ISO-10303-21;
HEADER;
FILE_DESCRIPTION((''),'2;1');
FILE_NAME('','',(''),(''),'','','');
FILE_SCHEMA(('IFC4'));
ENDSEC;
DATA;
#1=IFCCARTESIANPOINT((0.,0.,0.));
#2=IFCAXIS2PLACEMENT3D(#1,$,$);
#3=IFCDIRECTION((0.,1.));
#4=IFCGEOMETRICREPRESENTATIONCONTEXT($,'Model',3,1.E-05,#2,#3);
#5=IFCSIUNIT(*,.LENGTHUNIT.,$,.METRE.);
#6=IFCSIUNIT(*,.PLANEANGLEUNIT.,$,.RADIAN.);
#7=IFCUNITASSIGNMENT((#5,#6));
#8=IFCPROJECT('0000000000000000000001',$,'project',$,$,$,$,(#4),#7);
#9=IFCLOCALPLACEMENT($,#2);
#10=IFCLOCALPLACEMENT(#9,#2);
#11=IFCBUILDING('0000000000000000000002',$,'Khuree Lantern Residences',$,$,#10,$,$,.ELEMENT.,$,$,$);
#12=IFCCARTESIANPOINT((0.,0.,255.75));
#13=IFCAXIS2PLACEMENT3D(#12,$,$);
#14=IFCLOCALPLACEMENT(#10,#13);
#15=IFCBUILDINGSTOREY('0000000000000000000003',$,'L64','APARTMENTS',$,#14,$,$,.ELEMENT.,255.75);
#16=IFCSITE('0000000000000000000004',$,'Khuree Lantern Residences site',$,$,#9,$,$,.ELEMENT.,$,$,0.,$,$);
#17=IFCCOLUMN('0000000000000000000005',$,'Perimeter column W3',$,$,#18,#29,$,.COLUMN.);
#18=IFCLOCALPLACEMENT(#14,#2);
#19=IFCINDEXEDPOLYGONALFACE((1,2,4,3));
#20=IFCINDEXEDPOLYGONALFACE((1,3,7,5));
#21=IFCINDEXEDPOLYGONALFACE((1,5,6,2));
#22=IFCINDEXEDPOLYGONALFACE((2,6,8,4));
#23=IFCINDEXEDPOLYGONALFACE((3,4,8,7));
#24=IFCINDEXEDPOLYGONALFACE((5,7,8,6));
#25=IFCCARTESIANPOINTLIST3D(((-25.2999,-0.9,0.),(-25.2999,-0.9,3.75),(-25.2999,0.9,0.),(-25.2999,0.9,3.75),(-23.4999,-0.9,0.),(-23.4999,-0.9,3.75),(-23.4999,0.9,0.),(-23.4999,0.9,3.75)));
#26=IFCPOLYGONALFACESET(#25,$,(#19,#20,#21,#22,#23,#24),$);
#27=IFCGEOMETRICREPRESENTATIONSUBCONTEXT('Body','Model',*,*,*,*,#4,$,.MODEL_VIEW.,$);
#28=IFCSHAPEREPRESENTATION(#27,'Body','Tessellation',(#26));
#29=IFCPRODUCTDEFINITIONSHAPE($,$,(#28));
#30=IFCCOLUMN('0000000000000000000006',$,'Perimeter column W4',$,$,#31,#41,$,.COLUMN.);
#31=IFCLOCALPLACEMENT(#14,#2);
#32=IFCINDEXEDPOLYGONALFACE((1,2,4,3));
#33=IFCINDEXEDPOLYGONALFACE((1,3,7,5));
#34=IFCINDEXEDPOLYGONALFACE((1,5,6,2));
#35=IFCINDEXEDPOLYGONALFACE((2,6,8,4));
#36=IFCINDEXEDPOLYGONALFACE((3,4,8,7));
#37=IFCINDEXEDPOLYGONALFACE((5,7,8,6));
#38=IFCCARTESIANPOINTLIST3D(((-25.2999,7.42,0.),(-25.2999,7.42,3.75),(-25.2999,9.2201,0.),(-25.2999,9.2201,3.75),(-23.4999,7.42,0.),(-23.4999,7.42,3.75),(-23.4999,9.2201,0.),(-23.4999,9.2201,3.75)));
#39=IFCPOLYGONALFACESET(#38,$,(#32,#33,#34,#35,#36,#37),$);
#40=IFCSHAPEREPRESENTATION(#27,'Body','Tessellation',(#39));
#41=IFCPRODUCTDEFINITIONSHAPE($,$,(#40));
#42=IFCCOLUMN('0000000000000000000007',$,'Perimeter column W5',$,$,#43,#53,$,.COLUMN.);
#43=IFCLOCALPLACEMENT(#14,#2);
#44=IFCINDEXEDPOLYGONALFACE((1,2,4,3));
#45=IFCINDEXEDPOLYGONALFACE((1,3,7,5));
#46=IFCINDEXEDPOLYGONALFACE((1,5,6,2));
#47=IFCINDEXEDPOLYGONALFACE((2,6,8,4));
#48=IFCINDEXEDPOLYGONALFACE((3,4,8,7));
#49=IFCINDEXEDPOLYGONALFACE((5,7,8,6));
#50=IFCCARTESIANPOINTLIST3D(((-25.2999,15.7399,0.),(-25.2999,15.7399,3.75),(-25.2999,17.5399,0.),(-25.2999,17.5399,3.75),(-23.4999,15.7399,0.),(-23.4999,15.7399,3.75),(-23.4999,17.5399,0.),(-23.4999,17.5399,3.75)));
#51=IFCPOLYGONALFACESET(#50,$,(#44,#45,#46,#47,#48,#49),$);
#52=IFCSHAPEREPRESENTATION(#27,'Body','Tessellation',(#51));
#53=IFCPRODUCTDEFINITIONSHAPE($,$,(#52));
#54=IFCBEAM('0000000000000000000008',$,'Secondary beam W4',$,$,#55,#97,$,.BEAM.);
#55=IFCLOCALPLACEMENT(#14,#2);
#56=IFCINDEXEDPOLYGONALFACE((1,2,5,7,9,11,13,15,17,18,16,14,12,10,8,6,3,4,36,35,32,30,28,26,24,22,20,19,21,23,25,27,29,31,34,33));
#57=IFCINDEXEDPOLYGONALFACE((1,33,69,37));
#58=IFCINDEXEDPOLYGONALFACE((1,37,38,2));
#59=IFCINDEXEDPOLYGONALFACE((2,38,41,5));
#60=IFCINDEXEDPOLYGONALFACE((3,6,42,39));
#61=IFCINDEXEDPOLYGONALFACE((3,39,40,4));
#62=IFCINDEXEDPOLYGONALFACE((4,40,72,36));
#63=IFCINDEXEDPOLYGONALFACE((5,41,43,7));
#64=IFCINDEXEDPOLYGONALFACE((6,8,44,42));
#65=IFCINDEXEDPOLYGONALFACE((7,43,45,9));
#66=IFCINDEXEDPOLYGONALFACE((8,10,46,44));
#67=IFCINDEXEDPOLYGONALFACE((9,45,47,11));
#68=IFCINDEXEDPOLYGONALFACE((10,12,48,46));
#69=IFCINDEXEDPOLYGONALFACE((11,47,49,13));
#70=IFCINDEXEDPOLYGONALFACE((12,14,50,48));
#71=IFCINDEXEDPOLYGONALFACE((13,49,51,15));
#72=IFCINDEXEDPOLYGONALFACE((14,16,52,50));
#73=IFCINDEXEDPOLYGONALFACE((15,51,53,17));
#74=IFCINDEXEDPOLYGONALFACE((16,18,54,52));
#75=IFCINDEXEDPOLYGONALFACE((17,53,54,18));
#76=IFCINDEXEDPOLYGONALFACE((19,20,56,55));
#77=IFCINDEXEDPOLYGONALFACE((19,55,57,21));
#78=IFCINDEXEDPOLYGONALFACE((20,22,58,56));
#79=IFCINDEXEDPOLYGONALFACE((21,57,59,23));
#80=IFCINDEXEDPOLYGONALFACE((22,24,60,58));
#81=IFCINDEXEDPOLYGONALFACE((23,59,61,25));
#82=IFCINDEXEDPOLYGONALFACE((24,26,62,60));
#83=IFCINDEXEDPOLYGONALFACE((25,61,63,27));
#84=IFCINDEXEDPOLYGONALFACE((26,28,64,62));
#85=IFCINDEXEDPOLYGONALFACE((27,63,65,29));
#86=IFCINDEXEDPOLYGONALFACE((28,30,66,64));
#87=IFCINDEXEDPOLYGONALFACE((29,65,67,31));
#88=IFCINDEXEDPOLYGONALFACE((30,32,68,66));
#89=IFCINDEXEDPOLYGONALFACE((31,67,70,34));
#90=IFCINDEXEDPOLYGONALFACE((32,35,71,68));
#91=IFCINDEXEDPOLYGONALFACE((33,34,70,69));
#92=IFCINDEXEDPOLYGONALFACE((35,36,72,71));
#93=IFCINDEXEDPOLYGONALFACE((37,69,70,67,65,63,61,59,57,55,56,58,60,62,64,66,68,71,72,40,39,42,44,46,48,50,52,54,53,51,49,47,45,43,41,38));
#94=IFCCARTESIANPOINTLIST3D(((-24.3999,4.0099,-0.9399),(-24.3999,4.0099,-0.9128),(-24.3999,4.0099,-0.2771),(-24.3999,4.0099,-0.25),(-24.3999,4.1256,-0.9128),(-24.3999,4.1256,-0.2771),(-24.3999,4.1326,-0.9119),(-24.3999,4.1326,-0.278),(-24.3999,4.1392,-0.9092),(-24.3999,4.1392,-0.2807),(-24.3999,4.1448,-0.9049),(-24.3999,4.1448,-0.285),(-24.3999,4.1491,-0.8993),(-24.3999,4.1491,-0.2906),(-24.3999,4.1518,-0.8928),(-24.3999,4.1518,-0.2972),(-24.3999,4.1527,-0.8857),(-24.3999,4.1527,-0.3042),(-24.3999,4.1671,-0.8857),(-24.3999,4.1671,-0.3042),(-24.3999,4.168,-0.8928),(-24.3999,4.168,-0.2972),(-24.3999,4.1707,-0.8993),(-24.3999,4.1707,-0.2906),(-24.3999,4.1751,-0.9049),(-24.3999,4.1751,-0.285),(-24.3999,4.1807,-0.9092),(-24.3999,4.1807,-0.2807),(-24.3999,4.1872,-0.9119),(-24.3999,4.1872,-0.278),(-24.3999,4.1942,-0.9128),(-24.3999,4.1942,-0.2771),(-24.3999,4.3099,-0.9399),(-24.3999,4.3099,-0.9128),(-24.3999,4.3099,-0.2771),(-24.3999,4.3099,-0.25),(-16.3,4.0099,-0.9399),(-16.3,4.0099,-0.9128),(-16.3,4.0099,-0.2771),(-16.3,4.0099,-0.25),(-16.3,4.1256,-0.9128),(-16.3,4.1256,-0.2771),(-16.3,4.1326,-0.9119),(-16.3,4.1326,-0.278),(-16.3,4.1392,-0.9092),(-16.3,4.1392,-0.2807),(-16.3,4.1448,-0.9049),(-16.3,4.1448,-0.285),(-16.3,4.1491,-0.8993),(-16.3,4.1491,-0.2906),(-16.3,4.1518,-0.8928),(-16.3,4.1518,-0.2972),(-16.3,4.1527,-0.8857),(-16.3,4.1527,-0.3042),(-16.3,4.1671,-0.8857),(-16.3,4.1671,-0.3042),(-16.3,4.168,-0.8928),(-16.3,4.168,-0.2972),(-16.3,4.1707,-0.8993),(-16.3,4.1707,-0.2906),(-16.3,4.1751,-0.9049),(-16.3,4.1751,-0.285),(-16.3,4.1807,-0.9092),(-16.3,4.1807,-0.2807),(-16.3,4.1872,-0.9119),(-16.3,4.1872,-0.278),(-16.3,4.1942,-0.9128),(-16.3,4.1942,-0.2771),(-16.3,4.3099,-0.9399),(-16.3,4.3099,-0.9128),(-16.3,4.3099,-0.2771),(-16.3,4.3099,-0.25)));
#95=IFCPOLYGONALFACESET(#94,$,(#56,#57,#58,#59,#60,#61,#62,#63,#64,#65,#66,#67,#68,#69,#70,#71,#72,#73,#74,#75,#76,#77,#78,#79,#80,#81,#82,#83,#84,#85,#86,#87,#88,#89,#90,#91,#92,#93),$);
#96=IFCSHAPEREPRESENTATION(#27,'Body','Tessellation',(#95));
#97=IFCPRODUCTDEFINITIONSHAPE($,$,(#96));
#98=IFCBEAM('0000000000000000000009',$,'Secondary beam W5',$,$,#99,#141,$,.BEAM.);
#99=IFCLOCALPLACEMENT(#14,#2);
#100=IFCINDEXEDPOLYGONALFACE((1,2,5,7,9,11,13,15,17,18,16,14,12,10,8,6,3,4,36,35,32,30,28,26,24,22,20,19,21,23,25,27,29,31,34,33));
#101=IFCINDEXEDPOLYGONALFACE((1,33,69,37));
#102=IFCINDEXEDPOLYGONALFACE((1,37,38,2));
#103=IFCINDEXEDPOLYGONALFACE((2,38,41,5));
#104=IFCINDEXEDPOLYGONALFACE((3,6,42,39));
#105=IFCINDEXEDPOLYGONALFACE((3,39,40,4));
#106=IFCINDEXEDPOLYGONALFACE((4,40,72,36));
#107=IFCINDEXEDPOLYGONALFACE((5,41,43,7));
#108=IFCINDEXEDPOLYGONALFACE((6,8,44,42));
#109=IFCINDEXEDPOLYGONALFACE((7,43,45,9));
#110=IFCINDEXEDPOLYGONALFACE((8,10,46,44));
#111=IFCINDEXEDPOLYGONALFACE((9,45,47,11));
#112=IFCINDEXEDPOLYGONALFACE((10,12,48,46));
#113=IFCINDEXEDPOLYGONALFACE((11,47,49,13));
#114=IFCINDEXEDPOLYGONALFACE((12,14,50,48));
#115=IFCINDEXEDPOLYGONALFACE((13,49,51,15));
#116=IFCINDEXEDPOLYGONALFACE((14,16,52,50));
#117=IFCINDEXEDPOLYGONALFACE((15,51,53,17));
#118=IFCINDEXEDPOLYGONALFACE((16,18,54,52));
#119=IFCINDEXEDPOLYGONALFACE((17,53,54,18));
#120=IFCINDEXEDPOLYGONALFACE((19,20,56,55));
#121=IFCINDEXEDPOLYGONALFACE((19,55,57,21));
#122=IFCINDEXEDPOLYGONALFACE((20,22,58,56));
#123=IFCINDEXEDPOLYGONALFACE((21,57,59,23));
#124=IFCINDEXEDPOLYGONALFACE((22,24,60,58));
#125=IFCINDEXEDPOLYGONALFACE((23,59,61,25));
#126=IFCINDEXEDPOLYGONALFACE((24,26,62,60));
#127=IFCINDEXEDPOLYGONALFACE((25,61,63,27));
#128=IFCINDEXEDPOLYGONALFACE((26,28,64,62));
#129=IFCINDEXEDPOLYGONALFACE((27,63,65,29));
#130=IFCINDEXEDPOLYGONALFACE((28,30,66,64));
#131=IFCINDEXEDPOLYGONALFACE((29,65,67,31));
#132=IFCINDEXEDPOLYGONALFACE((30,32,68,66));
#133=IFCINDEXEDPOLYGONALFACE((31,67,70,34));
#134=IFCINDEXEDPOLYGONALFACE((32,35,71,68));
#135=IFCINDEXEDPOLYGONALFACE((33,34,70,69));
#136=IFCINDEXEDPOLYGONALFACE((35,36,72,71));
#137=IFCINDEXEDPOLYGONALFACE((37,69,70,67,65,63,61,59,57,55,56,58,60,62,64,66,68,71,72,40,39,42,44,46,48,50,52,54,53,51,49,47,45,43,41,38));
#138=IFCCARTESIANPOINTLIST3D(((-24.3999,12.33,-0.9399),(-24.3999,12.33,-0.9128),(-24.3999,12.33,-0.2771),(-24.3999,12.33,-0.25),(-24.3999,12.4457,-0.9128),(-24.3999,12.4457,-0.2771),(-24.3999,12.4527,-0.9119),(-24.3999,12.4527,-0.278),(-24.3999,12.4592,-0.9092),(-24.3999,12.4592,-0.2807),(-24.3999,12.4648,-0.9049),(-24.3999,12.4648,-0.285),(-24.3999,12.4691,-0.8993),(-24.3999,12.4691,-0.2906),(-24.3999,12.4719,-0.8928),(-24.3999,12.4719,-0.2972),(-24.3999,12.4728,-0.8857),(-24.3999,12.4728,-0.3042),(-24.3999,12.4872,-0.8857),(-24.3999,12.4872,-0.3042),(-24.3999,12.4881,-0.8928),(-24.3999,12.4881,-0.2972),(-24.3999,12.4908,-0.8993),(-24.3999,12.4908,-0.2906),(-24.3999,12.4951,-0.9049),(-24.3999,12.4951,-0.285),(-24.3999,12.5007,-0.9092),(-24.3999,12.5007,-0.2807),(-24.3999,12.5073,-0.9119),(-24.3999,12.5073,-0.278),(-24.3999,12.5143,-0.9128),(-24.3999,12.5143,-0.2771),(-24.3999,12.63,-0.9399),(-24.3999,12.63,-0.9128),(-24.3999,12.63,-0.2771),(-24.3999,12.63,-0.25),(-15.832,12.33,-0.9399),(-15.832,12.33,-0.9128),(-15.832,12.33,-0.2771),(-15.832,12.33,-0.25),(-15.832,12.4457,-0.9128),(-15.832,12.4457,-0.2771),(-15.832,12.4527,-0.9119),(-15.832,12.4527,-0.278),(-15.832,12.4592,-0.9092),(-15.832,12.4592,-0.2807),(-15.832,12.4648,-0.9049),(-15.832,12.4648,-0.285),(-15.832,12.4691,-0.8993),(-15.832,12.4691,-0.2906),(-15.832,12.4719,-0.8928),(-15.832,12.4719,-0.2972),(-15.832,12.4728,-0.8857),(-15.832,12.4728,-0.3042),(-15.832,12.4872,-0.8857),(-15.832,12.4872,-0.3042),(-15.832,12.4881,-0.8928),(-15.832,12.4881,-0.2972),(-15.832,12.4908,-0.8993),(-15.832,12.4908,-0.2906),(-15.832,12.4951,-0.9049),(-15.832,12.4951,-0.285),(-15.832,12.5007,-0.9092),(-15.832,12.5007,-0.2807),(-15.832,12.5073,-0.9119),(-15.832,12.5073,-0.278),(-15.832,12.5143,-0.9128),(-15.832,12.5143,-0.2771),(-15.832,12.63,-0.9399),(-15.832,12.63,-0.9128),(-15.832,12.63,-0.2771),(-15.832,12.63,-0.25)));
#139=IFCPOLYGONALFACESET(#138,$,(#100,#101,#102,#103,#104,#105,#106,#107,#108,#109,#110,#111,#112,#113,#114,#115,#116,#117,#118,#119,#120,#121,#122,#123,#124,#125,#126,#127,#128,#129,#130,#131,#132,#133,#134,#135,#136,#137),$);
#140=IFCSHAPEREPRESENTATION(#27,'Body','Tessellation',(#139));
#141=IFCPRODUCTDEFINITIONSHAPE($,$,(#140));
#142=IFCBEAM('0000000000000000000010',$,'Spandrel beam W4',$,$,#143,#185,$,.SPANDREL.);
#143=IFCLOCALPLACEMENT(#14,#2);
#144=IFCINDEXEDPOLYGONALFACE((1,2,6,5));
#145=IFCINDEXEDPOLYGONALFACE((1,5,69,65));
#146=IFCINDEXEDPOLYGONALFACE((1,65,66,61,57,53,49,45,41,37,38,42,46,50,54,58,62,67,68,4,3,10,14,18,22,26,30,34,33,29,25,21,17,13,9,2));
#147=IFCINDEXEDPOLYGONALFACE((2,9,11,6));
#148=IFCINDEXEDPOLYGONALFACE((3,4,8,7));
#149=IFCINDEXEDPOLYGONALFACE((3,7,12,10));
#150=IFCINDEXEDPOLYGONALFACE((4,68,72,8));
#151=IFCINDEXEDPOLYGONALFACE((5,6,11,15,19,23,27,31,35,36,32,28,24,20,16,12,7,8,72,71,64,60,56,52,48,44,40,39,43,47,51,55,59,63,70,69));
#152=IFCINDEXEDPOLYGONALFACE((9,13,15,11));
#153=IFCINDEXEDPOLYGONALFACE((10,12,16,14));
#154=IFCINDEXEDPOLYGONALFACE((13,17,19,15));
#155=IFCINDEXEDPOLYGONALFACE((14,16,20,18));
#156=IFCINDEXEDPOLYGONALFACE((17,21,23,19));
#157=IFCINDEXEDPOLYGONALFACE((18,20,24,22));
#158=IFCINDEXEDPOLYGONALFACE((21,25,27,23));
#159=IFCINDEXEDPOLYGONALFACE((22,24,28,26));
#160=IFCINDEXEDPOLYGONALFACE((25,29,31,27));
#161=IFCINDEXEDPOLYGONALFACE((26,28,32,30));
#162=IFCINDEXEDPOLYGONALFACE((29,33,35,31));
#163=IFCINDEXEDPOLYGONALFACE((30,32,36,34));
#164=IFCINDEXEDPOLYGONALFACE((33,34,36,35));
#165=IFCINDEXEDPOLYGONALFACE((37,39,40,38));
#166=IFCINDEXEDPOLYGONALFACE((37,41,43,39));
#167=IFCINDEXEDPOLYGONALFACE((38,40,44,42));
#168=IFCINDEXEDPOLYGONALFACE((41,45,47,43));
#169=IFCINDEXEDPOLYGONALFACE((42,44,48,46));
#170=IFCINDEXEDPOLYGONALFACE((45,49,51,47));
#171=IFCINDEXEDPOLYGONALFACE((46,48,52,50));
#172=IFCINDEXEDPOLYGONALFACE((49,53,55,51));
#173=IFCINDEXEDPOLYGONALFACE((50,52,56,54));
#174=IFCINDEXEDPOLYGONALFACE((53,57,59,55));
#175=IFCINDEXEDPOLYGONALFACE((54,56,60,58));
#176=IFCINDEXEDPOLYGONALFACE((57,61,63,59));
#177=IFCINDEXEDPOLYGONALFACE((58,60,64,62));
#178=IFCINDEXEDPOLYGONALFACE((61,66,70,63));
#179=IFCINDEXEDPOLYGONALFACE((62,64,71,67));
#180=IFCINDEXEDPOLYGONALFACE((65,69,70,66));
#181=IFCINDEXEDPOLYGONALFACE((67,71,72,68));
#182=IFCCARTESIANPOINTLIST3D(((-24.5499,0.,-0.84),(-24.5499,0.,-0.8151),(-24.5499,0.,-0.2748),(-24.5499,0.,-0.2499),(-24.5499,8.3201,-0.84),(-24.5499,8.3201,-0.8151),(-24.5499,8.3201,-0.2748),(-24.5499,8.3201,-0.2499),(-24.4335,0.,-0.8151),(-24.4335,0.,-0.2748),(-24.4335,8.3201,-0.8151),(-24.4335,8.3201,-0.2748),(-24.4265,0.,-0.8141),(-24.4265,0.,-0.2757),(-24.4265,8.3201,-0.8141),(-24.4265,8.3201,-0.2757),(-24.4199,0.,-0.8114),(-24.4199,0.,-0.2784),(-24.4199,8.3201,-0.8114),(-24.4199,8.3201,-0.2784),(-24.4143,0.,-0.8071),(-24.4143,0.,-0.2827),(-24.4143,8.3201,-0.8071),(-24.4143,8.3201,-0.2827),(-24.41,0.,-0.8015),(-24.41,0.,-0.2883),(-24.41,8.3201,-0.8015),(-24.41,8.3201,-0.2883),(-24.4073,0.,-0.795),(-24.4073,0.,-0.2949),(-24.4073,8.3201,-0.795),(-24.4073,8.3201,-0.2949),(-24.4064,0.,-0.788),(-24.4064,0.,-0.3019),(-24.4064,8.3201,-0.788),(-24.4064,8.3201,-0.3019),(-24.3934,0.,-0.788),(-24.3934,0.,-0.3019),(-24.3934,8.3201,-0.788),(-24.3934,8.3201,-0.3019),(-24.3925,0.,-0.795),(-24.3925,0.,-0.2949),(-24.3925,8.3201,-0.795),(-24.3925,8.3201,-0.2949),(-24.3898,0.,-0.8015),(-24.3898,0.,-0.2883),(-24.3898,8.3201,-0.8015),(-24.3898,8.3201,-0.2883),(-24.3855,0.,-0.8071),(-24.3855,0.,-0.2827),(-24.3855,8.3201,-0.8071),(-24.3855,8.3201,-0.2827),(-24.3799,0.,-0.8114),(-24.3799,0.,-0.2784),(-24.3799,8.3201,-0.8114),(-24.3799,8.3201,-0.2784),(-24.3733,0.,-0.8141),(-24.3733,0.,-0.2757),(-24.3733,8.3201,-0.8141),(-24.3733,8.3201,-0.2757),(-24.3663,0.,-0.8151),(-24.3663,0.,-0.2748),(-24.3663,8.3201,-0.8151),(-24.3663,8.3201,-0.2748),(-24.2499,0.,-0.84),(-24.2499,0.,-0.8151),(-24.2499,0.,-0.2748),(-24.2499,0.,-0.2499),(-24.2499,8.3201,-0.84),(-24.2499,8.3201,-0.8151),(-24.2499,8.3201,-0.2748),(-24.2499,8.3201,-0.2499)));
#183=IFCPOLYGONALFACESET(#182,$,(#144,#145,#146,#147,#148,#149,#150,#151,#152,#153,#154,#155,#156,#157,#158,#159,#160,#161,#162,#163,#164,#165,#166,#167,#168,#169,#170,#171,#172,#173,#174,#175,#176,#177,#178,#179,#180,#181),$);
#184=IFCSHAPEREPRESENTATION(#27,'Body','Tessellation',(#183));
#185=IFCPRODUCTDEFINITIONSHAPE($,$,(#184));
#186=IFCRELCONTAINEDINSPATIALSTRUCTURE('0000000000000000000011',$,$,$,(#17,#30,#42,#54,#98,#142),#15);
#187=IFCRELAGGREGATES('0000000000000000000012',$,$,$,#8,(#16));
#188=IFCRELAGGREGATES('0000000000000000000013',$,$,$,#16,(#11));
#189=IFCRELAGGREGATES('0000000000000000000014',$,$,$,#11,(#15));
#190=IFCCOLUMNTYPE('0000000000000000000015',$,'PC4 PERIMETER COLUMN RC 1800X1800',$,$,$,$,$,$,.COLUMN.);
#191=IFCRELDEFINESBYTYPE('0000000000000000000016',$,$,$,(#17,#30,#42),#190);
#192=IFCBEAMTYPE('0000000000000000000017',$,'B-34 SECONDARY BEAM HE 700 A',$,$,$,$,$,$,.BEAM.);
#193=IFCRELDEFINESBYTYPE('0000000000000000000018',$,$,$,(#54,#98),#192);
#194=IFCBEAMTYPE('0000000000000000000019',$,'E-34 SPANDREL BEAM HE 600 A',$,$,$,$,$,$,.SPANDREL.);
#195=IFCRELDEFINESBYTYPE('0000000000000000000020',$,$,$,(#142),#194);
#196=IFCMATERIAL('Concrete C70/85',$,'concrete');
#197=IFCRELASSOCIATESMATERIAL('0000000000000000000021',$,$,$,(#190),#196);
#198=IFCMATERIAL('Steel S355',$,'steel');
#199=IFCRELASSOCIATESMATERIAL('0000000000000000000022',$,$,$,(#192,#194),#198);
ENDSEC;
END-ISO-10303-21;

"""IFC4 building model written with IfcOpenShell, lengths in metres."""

from ifc_helpers import new_model, si_unit, direction, frame, origin, origin_2d, place, context, subcontext, project, spatial, rectangle, i_section, extrude, material, material_profile, profile_set, type_object, element, save


model = new_model("IFC4")

# Units and contexts
model_context = context("Model", 3, precision=1e-05, world=origin(), true_north=direction((0.0, 1.0)))
body_context = subcontext(model_context, "Body", "Model", "MODEL_VIEW")
ifc_project = project(units=[si_unit("LENGTHUNIT", "METRE"), si_unit("PLANEANGLEUNIT", "RADIAN")], contexts=[model_context])

# Site, building, storey
site_placement = place(None, origin())
site = spatial("IfcSite", under=ifc_project, at=site_placement, Name="Khuree Lantern Residences site", CompositionType="ELEMENT", RefElevation=0.0)
building_placement = place(site_placement, origin())
building = spatial("IfcBuilding", under=site, at=building_placement, Name="Khuree Lantern Residences", CompositionType="ELEMENT")
storey_placement = place(building_placement, frame((0.0, 0.0, 255.75)))
storey = spatial("IfcBuildingStorey", under=building, at=storey_placement, Name="L64", Description="APARTMENTS", CompositionType="ELEMENT", Elevation=255.75)

# Columns
ifc_material_1 = material(Name="Concrete C70/85", Category="concrete")
ifc_material_profile_1 = material_profile(ifc_material_1, rectangle(XDim=1.8, YDim=1.8, at=origin_2d()), Name="RC 1800X1800")
ifc_profile_set_1 = profile_set([ifc_material_profile_1], Name="Concrete C70/85")
column_type = type_object("IfcColumnType", Name="PC4 PERIMETER COLUMN RC 1800X1800", PredefinedType="COLUMN", material=ifc_profile_set_1)
for number, where, z_axis, x_axis, name in (
    (1, (-24.3999, 0.0, 0.0), (0.0, 0.0, 1.0), (0.0, 1.0, 0.0), "Perimeter column W3"),
    (2, (-24.3999, 8.3201, 0.0), (0.0, 0.0, 1.0), (0.0, 1.0, 0.0), "Perimeter column W4"),
    (3, (-24.3999, 16.6399, 0.0), (0.0, 0.0, 1.0), (0.0, 1.0, 0.0), "Perimeter column W5"),
):
    element("IfcColumn", number, at=place(storey_placement, frame(where, z_axis=z_axis, x_axis=x_axis)), inside=storey, type_object=column_type, Name=name, PredefinedType="COLUMN", context=body_context, shape_type="SweptSolid", body=[
        extrude(rectangle(XDim=1.8, YDim=1.8, at=origin_2d()), origin(), (0.0, 0.0, 1.0), 3.75),
    ])

# Beams
ifc_material_2 = material(Name="Steel S355", Category="steel")
ifc_material_profile_2 = material_profile(ifc_material_2, i_section(OverallWidth=0.3, OverallDepth=0.6899, WebThickness=0.0144, FlangeThickness=0.0271, FilletRadius=0.0271, at=origin_2d()), Name="HE 700 A")
ifc_profile_set_2 = profile_set([ifc_material_profile_2], Name="Steel S355")
beam_type_1 = type_object("IfcBeamType", Name="B-34 SECONDARY BEAM HE 700 A", PredefinedType="BEAM", material=ifc_profile_set_2)
beam_1_placement = place(storey_placement, frame((-24.3999, 4.1599, -0.595), z_axis=(1.0, 0.0, 0.0), x_axis=(0.0, 1.0, 0.0)))
element("IfcBeam", 4, at=beam_1_placement, inside=storey, type_object=beam_type_1, Name="Secondary beam W4", PredefinedType="BEAM", context=body_context, shape_type="SweptSolid", body=[
    extrude(i_section(OverallWidth=0.3, OverallDepth=0.6899, WebThickness=0.0144, FlangeThickness=0.0271, FilletRadius=0.0271, at=origin_2d()), origin(), (0.0, 0.0, 1.0), 8.0999),
])
beam_2_placement = place(storey_placement, frame((-24.3999, 12.48, -0.595), z_axis=(1.0, 0.0, 0.0), x_axis=(0.0, 1.0, 0.0)))
element("IfcBeam", 5, at=beam_2_placement, inside=storey, type_object=beam_type_1, Name="Secondary beam W5", PredefinedType="BEAM", context=body_context, shape_type="SweptSolid", body=[
    extrude(i_section(OverallWidth=0.3, OverallDepth=0.6899, WebThickness=0.0144, FlangeThickness=0.0271, FilletRadius=0.0271, at=origin_2d()), origin(), (0.0, 0.0, 1.0), 8.5679),
])
ifc_material_profile_3 = material_profile(ifc_material_2, i_section(OverallWidth=0.3, OverallDepth=0.5901, WebThickness=0.0129, FlangeThickness=0.0249, FilletRadius=0.0271, at=origin_2d()), Name="HE 600 A")
ifc_profile_set_3 = profile_set([ifc_material_profile_3], Name="Steel S355")
beam_type_2 = type_object("IfcBeamType", Name="E-34 SPANDREL BEAM HE 600 A", PredefinedType="SPANDREL", material=ifc_profile_set_3)
beam_3_placement = place(storey_placement, frame((-24.3999, 0.0, -0.5449), z_axis=(0.0, 1.0, 0.0), x_axis=(-1.0, 0.0, 0.0)))
element("IfcBeam", 6, at=beam_3_placement, inside=storey, type_object=beam_type_2, Name="Spandrel beam W4", PredefinedType="SPANDREL", context=body_context, shape_type="SweptSolid", body=[
    extrude(i_section(OverallWidth=0.3, OverallDepth=0.5901, WebThickness=0.0129, FlangeThickness=0.0249, FilletRadius=0.0271, at=origin_2d()), origin(), (0.0, 0.0, 1.0), 8.3201),
])

save(model, "model.ifc")
